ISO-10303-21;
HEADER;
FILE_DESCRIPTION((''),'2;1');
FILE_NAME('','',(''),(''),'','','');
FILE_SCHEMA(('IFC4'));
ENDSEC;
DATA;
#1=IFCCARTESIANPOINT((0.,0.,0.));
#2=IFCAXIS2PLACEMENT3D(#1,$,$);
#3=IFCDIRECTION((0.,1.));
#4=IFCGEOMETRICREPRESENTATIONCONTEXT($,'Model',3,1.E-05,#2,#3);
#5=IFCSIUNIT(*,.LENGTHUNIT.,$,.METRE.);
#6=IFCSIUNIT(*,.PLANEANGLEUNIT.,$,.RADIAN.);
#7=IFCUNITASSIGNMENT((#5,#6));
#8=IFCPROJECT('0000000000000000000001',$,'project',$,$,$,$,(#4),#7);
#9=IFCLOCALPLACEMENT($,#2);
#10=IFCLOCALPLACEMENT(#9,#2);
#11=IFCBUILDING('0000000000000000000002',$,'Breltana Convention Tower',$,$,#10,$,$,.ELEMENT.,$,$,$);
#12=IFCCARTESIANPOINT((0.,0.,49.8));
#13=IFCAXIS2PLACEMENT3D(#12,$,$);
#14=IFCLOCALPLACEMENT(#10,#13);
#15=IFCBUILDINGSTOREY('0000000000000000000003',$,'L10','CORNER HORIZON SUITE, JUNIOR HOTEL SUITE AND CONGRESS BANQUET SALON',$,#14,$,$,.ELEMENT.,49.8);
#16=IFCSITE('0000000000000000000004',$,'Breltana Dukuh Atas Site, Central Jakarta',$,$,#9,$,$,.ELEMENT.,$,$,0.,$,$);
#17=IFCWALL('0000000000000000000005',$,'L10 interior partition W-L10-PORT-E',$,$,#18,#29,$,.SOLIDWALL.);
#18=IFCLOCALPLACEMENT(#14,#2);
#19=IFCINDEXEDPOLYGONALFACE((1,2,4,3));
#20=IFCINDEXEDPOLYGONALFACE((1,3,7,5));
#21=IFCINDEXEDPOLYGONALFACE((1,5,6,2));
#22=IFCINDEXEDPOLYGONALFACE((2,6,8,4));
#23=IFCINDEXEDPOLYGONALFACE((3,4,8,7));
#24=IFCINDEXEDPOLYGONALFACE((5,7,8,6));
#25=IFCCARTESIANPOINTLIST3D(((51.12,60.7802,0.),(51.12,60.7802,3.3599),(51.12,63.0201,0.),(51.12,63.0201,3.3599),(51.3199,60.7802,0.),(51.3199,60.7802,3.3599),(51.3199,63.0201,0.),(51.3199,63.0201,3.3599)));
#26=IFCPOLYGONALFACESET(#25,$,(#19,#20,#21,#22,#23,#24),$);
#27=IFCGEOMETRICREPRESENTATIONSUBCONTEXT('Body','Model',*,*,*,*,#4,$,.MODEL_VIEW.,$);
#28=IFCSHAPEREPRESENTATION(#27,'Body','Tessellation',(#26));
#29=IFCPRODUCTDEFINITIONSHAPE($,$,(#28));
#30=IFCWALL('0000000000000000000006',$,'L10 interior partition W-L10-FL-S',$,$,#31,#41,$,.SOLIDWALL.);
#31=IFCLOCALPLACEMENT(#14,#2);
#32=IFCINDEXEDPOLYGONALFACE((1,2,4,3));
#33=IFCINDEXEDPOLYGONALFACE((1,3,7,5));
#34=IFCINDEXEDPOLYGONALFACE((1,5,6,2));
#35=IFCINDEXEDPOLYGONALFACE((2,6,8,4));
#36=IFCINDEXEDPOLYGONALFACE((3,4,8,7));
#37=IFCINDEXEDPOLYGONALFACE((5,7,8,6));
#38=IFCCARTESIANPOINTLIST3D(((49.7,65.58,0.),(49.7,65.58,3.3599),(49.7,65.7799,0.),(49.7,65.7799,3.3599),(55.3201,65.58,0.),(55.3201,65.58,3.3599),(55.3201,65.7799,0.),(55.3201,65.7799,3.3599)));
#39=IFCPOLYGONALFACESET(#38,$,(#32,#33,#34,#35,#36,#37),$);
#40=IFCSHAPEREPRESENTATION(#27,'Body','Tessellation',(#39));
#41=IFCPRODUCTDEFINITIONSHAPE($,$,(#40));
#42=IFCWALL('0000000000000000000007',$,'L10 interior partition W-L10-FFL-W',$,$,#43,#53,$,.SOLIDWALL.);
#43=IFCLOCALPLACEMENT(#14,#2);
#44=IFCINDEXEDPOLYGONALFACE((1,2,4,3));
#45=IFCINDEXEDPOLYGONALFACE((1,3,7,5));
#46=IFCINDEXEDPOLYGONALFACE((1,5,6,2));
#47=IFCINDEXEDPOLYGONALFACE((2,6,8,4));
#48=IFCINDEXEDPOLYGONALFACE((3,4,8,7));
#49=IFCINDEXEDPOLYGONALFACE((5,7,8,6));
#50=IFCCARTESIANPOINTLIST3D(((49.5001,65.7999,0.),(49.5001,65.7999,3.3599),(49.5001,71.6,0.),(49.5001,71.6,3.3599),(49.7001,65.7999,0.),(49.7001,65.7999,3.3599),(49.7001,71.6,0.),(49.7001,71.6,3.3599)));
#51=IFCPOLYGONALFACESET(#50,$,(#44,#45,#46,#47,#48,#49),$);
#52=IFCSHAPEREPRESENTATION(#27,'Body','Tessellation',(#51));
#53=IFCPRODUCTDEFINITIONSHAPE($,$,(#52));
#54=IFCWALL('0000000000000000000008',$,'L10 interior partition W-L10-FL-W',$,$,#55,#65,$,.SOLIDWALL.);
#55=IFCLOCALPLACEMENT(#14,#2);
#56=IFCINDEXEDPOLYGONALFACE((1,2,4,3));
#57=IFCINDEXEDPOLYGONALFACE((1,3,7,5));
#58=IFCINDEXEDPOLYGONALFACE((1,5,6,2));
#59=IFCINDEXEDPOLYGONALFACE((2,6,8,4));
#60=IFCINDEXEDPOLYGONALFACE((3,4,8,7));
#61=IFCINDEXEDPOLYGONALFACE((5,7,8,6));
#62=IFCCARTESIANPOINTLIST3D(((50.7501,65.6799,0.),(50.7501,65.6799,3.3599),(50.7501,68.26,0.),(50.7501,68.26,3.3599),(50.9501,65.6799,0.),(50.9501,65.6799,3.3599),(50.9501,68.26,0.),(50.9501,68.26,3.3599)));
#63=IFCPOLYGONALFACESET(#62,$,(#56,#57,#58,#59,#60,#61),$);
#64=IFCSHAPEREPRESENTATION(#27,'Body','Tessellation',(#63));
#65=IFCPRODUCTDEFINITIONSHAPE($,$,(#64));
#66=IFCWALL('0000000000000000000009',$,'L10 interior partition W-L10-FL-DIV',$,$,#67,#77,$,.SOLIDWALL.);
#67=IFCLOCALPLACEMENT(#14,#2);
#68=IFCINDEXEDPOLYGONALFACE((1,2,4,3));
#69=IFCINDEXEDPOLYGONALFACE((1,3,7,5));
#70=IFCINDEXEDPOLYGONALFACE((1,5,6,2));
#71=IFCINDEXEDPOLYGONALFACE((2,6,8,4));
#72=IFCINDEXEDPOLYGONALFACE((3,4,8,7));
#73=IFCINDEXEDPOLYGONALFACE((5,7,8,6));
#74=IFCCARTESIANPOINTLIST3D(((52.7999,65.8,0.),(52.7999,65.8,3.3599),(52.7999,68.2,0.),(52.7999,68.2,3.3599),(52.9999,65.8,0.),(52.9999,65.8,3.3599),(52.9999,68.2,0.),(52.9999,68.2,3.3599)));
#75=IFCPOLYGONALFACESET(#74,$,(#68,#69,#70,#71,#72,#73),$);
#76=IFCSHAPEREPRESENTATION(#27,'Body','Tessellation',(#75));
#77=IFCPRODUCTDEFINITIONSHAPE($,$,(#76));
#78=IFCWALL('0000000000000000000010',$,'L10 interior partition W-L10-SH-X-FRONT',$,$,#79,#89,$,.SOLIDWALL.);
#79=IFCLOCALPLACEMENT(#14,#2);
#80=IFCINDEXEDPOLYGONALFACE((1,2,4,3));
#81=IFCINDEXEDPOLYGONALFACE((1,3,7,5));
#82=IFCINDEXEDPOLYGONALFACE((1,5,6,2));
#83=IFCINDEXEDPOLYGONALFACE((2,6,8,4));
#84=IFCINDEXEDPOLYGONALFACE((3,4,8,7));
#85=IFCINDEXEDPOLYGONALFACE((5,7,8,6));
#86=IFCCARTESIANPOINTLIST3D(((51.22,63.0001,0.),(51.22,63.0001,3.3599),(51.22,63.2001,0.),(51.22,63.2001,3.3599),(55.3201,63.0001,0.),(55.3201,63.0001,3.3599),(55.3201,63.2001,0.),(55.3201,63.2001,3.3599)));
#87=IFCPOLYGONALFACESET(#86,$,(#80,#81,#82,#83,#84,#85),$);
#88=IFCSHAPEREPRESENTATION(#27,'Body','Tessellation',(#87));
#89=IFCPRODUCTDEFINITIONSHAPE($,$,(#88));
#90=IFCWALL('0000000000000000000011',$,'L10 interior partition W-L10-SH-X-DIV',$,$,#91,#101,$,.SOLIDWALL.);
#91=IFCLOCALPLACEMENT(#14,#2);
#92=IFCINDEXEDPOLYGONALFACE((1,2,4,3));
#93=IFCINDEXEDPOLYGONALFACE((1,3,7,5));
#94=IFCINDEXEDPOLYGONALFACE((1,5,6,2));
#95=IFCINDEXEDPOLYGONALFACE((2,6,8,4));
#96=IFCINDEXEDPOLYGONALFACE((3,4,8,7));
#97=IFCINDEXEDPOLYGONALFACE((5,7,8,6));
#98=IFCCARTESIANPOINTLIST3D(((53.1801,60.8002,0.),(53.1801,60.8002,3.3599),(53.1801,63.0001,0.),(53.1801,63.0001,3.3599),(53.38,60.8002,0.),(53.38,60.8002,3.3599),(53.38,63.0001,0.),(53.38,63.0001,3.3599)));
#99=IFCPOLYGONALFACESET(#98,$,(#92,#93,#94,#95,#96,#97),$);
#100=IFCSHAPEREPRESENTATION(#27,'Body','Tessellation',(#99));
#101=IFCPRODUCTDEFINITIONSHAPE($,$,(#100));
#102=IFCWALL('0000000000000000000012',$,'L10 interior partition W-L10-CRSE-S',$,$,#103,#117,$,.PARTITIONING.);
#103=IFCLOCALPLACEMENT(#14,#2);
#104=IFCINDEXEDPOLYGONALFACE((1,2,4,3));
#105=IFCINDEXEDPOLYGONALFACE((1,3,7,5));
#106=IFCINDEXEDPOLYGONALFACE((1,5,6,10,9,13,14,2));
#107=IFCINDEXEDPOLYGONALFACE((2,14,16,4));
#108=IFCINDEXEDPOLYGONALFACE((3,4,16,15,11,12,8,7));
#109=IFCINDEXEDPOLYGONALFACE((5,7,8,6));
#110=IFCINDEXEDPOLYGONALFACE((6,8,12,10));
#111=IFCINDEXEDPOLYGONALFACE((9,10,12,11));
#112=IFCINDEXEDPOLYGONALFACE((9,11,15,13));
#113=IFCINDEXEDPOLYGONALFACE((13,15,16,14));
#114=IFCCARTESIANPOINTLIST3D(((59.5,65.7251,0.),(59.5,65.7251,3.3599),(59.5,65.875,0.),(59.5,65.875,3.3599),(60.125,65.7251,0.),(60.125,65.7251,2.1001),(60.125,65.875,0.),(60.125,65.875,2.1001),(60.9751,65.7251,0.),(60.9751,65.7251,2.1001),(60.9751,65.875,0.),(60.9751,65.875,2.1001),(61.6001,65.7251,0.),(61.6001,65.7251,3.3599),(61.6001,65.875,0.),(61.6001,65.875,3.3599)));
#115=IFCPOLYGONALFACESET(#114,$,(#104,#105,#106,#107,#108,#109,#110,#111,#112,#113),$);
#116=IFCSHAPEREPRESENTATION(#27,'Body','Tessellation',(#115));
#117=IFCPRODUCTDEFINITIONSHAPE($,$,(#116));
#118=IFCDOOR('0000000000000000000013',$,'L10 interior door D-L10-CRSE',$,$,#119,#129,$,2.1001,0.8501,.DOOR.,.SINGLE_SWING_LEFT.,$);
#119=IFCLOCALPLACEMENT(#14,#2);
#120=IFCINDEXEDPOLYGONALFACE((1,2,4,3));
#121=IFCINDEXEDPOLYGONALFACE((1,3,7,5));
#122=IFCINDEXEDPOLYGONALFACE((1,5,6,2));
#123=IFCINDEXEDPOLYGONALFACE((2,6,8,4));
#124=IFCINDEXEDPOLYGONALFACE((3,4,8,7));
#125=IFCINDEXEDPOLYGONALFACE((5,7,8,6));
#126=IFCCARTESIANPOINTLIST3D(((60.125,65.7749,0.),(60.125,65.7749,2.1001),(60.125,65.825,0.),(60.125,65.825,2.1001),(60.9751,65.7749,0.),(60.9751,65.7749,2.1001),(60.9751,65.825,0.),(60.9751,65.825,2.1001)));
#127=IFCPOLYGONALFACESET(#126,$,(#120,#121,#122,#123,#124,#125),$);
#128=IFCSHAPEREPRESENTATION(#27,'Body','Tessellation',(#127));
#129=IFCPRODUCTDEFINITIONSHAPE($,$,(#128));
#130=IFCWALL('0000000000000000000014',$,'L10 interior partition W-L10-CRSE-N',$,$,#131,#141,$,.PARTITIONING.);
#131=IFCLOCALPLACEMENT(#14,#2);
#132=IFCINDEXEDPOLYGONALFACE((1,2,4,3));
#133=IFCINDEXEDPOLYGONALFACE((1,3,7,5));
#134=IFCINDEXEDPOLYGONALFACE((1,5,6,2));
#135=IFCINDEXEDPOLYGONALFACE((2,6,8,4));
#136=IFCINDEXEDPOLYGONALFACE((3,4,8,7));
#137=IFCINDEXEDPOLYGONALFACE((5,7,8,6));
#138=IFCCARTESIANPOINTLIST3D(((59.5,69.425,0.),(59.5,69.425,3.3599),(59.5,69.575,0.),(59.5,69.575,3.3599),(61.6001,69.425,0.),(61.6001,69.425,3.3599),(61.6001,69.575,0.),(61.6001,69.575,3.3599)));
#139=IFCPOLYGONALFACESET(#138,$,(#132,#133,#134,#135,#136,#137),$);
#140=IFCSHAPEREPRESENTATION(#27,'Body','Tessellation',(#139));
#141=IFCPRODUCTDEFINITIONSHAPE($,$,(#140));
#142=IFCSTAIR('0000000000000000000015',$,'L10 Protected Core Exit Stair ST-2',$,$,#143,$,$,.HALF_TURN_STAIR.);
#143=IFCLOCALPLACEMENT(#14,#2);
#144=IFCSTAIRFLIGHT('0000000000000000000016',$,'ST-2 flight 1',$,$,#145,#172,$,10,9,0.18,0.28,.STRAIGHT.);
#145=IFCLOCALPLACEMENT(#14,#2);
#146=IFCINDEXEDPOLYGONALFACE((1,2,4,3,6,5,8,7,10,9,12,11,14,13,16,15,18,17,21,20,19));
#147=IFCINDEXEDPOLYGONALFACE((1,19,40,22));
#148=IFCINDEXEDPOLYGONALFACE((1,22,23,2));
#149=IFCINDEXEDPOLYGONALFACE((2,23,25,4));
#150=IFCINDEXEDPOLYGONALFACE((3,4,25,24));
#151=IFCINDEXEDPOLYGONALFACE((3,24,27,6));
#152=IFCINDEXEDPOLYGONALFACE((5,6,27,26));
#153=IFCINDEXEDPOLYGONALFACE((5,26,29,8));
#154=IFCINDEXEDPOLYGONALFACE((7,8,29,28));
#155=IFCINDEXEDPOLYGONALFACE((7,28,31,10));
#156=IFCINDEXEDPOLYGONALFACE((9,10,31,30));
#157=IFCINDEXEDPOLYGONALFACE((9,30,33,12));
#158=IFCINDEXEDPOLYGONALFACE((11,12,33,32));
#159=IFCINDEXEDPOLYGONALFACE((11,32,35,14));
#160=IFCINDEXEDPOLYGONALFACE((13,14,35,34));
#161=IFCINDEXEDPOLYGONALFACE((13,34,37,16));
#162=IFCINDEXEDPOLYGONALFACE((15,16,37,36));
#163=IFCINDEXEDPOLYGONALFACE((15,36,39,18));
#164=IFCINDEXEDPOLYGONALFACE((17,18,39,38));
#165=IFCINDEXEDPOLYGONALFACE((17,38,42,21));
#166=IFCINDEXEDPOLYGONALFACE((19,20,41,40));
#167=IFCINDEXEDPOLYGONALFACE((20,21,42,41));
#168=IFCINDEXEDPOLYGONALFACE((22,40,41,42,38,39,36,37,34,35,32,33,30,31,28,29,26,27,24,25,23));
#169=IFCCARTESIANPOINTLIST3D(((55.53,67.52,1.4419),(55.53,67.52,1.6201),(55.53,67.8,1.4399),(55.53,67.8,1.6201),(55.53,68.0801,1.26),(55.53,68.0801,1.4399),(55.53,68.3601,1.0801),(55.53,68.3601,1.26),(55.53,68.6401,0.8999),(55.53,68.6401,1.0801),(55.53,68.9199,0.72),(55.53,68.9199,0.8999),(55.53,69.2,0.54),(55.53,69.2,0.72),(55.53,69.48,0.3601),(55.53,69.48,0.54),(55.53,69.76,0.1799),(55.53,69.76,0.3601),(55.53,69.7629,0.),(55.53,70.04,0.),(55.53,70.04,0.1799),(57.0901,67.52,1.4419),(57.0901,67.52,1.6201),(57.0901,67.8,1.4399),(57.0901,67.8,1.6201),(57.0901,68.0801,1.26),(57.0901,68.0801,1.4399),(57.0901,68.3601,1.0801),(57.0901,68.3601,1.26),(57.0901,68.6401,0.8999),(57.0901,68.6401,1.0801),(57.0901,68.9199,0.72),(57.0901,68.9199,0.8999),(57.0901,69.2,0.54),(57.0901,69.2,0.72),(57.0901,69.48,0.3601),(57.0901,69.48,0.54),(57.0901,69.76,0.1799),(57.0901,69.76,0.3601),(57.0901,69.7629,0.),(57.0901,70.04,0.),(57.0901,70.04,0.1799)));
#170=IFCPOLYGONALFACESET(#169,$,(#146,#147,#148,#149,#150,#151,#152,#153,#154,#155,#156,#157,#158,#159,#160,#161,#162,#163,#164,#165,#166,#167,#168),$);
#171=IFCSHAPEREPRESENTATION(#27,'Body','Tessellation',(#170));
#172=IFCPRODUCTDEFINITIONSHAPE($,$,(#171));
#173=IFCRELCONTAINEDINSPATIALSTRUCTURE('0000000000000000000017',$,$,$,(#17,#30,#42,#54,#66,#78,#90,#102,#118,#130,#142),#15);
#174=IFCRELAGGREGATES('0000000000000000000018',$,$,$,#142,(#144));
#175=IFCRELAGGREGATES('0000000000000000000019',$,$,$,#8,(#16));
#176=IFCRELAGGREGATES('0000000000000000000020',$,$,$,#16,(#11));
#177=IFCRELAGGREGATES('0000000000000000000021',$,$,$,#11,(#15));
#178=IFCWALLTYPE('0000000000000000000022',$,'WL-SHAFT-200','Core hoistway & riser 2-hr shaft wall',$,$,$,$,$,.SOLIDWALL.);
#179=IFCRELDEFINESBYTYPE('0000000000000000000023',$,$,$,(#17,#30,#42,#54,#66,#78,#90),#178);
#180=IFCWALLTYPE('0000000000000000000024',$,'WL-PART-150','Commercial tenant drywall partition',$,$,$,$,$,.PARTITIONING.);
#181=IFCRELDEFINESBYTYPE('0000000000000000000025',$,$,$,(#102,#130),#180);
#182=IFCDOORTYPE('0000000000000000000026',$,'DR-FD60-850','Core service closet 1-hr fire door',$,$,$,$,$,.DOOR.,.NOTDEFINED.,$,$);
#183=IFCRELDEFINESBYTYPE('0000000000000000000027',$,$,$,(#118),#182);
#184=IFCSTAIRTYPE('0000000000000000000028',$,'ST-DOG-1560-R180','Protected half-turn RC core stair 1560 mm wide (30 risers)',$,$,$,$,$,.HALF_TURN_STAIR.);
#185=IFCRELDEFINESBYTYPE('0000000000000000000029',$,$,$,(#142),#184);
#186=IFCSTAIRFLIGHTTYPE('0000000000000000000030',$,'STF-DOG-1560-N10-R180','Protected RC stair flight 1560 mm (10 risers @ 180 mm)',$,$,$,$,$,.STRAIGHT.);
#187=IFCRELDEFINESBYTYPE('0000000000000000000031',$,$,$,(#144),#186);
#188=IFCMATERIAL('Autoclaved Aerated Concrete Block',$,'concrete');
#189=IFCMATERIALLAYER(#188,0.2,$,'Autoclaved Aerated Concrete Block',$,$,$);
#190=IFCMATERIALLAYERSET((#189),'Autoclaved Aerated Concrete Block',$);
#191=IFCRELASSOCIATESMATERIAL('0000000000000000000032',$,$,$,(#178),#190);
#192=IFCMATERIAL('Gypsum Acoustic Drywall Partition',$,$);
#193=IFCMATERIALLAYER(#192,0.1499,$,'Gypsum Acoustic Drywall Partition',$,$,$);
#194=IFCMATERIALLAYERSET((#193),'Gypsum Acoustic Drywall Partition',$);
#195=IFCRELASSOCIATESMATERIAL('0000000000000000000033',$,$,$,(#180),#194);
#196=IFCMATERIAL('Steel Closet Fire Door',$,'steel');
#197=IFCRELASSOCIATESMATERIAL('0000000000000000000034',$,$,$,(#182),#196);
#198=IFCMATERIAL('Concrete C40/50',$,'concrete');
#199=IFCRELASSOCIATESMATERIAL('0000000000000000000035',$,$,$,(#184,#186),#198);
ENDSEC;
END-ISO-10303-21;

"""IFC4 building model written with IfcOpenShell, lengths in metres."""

from ifc_helpers import new_model, si_unit, direction, frame, frame_2d, origin, place, context, subcontext, project, spatial, polyline, rectangle, outline, extrude, source, transform, mapped, material, layer, layer_set, type_object, type_shapes, element, fill, aggregate, save


model = new_model("IFC4")

# Units and contexts
model_context = context("Model", 3, precision=1e-05, world=origin(), true_north=direction((0.0, 1.0)))
body_context = subcontext(model_context, "Body", "Model", "MODEL_VIEW")
ifc_project = project(units=[si_unit("LENGTHUNIT", "METRE"), si_unit("PLANEANGLEUNIT", "RADIAN")], contexts=[model_context])

# Site, building, storey
site_placement = place(None, origin())
site = spatial("IfcSite", under=ifc_project, at=site_placement, Name="Breltana Dukuh Atas Site, Central Jakarta", CompositionType="ELEMENT", RefElevation=0.0)
building_placement = place(site_placement, origin())
building = spatial("IfcBuilding", under=site, at=building_placement, Name="Breltana Convention Tower", CompositionType="ELEMENT")
storey_placement = place(building_placement, frame((0.0, 0.0, 49.8)))
storey = spatial("IfcBuildingStorey", under=building, at=storey_placement, Name="L10", Description="CORNER HORIZON SUITE, JUNIOR HOTEL SUITE AND CONGRESS BANQUET SALON", CompositionType="ELEMENT", Elevation=49.8)

# Wall
ifc_material_1 = material(Name="Autoclaved Aerated Concrete Block", Category="concrete")
ifc_layer_1 = layer(ifc_material_1, 0.2, Name="Autoclaved Aerated Concrete Block")
ifc_layer_set_1 = layer_set([ifc_layer_1], Name="Autoclaved Aerated Concrete Block")
wall_type_1 = type_object("IfcWallType", Name="WL-SHAFT-200", Description="Core hoistway & riser 2-hr shaft wall", PredefinedType="SOLIDWALL", material=ifc_layer_set_1)
shared_shape_1 = source(origin(), body_context, "Body", "SweptSolid", [
    extrude(rectangle(XDim=2.24, YDim=0.2, at=frame_2d((1.1201, 0.0))), origin(), (0.0, 0.0, 1.0), 3.3599),
])
for number, where, z_axis, x_axis, name in (
    (1, (51.22, 60.78, 0.0), (0.0, 0.0, 1.0), (0.0, 1.0, 0.0), "L10 interior partition W-L10-PORT-E"),
):
    element("IfcWall", number, at=place(storey_placement, frame(where, z_axis=z_axis, x_axis=x_axis)), inside=storey, type_object=wall_type_1, Name=name, PredefinedType="SOLIDWALL", context=body_context, shape_type="MappedRepresentation", body=[
        mapped(shared_shape_1, transform((0.0, 0.0, 0.0), scale=1.0)),
    ])

# Shared definitions
shared_shape_2 = source(origin(), body_context, "Body", "SweptSolid", [
    extrude(rectangle(XDim=5.6201, YDim=0.2, at=frame_2d((2.8101, 0.0))), origin(), (0.0, 0.0, 1.0), 3.3599),
])

# Walls
wall_1_placement = place(storey_placement, frame((49.7, 65.6799, 0.0), z_axis=(0.0, 0.0, 1.0), x_axis=(1.0, 0.0, 0.0)))
element("IfcWall", 2, at=wall_1_placement, inside=storey, type_object=wall_type_1, Name="L10 interior partition W-L10-FL-S", PredefinedType="SOLIDWALL", context=body_context, shape_type="MappedRepresentation", body=[
    mapped(shared_shape_2, transform((0.0, 0.0, 0.0), scale=1.0)),
])
shared_shape_3 = source(origin(), body_context, "Body", "SweptSolid", [
    extrude(rectangle(XDim=5.8, YDim=0.2, at=frame_2d((2.8999, 0.0))), origin(), (0.0, 0.0, 1.0), 3.3599),
])
wall_2_placement = place(storey_placement, frame((49.6001, 65.8, 0.0), z_axis=(0.0, 0.0, 1.0), x_axis=(0.0, 1.0, 0.0)))
element("IfcWall", 3, at=wall_2_placement, inside=storey, type_object=wall_type_1, Name="L10 interior partition W-L10-FFL-W", PredefinedType="SOLIDWALL", context=body_context, shape_type="MappedRepresentation", body=[
    mapped(shared_shape_3, transform((0.0, 0.0, 0.0), scale=1.0)),
])
shared_shape_4 = source(origin(), body_context, "Body", "SweptSolid", [
    extrude(rectangle(XDim=2.5801, YDim=0.2, at=frame_2d((1.29, 0.0))), origin(), (0.0, 0.0, 1.0), 3.3599),
])
wall_3_placement = place(storey_placement, frame((50.8501, 65.6799, 0.0), z_axis=(0.0, 0.0, 1.0), x_axis=(0.0, 1.0, 0.0)))
element("IfcWall", 4, at=wall_3_placement, inside=storey, type_object=wall_type_1, Name="L10 interior partition W-L10-FL-W", PredefinedType="SOLIDWALL", context=body_context, shape_type="MappedRepresentation", body=[
    mapped(shared_shape_4, transform((0.0, 0.0, 0.0), scale=1.0)),
])
shared_shape_5 = source(origin(), body_context, "Body", "SweptSolid", [
    extrude(rectangle(XDim=2.3999, YDim=0.2, at=frame_2d((1.2, 0.0))), origin(), (0.0, 0.0, 1.0), 3.3599),
])
wall_4_placement = place(storey_placement, frame((52.8999, 65.8, 0.0), z_axis=(0.0, 0.0, 1.0), x_axis=(0.0, 1.0, 0.0)))
element("IfcWall", 5, at=wall_4_placement, inside=storey, type_object=wall_type_1, Name="L10 interior partition W-L10-FL-DIV", PredefinedType="SOLIDWALL", context=body_context, shape_type="MappedRepresentation", body=[
    mapped(shared_shape_5, transform((0.0, 0.0, 0.0), scale=1.0)),
])
shared_shape_6 = source(origin(), body_context, "Body", "SweptSolid", [
    extrude(rectangle(XDim=4.1001, YDim=0.2, at=frame_2d((2.05, 0.0))), origin(), (0.0, 0.0, 1.0), 3.3599),
])
wall_5_placement = place(storey_placement, frame((51.22, 63.1001, 0.0), z_axis=(0.0, 0.0, 1.0), x_axis=(1.0, 0.0, 0.0)))
element("IfcWall", 6, at=wall_5_placement, inside=storey, type_object=wall_type_1, Name="L10 interior partition W-L10-SH-X-FRONT", PredefinedType="SOLIDWALL", context=body_context, shape_type="MappedRepresentation", body=[
    mapped(shared_shape_6, transform((0.0, 0.0, 0.0), scale=1.0)),
])
shared_shape_7 = source(origin(), body_context, "Body", "SweptSolid", [
    extrude(rectangle(XDim=2.2, YDim=0.2, at=frame_2d((1.1001, 0.0))), origin(), (0.0, 0.0, 1.0), 3.3599),
])
wall_6_placement = place(storey_placement, frame((53.28, 60.8, 0.0), z_axis=(0.0, 0.0, 1.0), x_axis=(0.0, 1.0, 0.0)))
element("IfcWall", 7, at=wall_6_placement, inside=storey, type_object=wall_type_1, Name="L10 interior partition W-L10-SH-X-DIV", PredefinedType="SOLIDWALL", context=body_context, shape_type="MappedRepresentation", body=[
    mapped(shared_shape_7, transform((0.0, 0.0, 0.0), scale=1.0)),
])

# Wall, opening, door
ifc_material_2 = material(Name="Gypsum Acoustic Drywall Partition")
ifc_layer_2 = layer(ifc_material_2, 0.1499, Name="Gypsum Acoustic Drywall Partition")
ifc_layer_set_2 = layer_set([ifc_layer_2], Name="Gypsum Acoustic Drywall Partition")
wall_type_2 = type_object("IfcWallType", Name="WL-PART-150", Description="Commercial tenant drywall partition", PredefinedType="PARTITIONING", material=ifc_layer_set_2)
shared_shape_8 = source(origin(), body_context, "Body", "SweptSolid", [
    extrude(rectangle(XDim=2.1001, YDim=0.1499, at=frame_2d((1.05, 0.0))), origin(), (0.0, 0.0, 1.0), 3.3599),
])
wall_7_placement = place(storey_placement, frame((59.5, 65.8, 0.0), z_axis=(0.0, 0.0, 1.0), x_axis=(1.0, 0.0, 0.0)))
wall_7 = element("IfcWall", 8, at=wall_7_placement, inside=storey, type_object=wall_type_2, Name="L10 interior partition W-L10-CRSE-S", PredefinedType="PARTITIONING", context=body_context, shape_type="MappedRepresentation", body=[
    mapped(shared_shape_8, transform((0.0, 0.0, 0.0), scale=1.0)),
])
opening_1_placement = place(wall_7_placement, frame((0.625, 0.0, 0.0)))
opening_1 = element("IfcOpeningElement", 9, at=opening_1_placement, cuts=wall_7, PredefinedType="OPENING", context=body_context, shape_type="SweptSolid", body=[
    extrude(rectangle(XDim=0.8501, YDim=2.1001, at=frame_2d((0.425, 1.05))), frame((0.0, 0.085, 0.0), z_axis=(0.0, -1.0, 0.0), x_axis=(1.0, 0.0, 0.0)), (0.0, 0.0, 1.0), 0.1699),
])
ifc_material_3 = material(Name="Steel Closet Fire Door", Category="steel")
door_type_1 = type_object("IfcDoorType", Name="DR-FD60-850", Description="Core service closet 1-hr fire door", OperationType="NOTDEFINED", PredefinedType="DOOR", material=ifc_material_3)
shared_shape_9 = source(origin(), body_context, "Body", "SweptSolid", [
    extrude(rectangle(XDim=0.8501, YDim=2.1001, at=frame_2d((0.425, 1.05))), frame((0.0, 0.0249, 0.0), z_axis=(0.0, -1.0, 0.0), x_axis=(1.0, 0.0, 0.0)), (0.0, 0.0, 1.0), 0.05),
])
type_shapes(door_type_1, [shared_shape_9])
door_1_placement = place(opening_1_placement, origin())
door_1 = element("IfcDoor", 10, at=door_1_placement, inside=storey, type_object=door_type_1, Name="L10 interior door D-L10-CRSE", OperationType="SINGLE_SWING_LEFT", OverallHeight=2.1001, OverallWidth=0.8501, PredefinedType="DOOR", context=body_context, shape_type="MappedRepresentation", body=[
    mapped(shared_shape_9, transform((0.0, 0.0, 0.0), scale=1.0)),
])
fill(opening_1, door_1)

# Wall
wall_8_placement = place(storey_placement, frame((59.5, 69.5, 0.0), z_axis=(0.0, 0.0, 1.0), x_axis=(1.0, 0.0, 0.0)))
element("IfcWall", 11, at=wall_8_placement, inside=storey, type_object=wall_type_2, Name="L10 interior partition W-L10-CRSE-N", PredefinedType="PARTITIONING", context=body_context, shape_type="MappedRepresentation", body=[
    mapped(shared_shape_8, transform((0.0, 0.0, 0.0), scale=1.0)),
])

# Stair, stair flight
ifc_material_4 = material(Name="Concrete C40/50", Category="concrete")
stair_type = type_object("IfcStairType", Name="ST-DOG-1560-R180", Description="Protected half-turn RC core stair 1560 mm wide (30 risers)", PredefinedType="HALF_TURN_STAIR", material=ifc_material_4)
stair_placement = place(storey_placement, origin())
stair = element("IfcStair", 12, at=stair_placement, inside=storey, type_object=stair_type, Name="L10 Protected Core Exit Stair ST-2", PredefinedType="HALF_TURN_STAIR")
stair_flight_type = type_object("IfcStairFlightType", Name="STF-DOG-1560-N10-R180", Description="Protected RC stair flight 1560 mm (10 risers @ 180 mm)", PredefinedType="STRAIGHT", material=ifc_material_4)
stair_flight_1_placement = place(storey_placement, frame((56.3101, 70.04, 0.0), z_axis=(0.0, 0.0, 1.0), x_axis=(0.0, -1.0, 0.0)))
stair_flight_1 = element("IfcStairFlight", 13, at=stair_flight_1_placement, type_object=stair_flight_type, Name="ST-2 flight 1", NumberOfRisers=10, NumberOfTreads=9, PredefinedType="STRAIGHT", RiserHeight=0.18, TreadLength=0.28, context=body_context, shape_type="SweptSolid", body=[
    extrude(outline(polyline([(0.0, 0.0), (0.0, 0.1799), (0.28, 0.1799), (0.28, 0.3601), (0.5601, 0.3601), (0.5601, 0.54), (0.8401, 0.54), (0.8401, 0.72), (1.1201, 0.72), (1.1201, 0.8999), (1.3999, 0.8999), (1.3999, 1.0801), (1.6799, 1.0801), (1.6799, 1.26), (1.96, 1.26), (1.96, 1.4399), (2.24, 1.4399), (2.24, 1.6201), (2.52, 1.6201), (2.52, 1.8), (2.52, 1.4419), (0.2771, 0.0), (0.0, 0.0)])), frame((0.0, 0.78, 0.0), z_axis=(0.0, -1.0, 0.0), x_axis=(1.0, 0.0, 0.0)), (0.0, 0.0, 1.0), 1.5601),
])
aggregate(stair, [stair_flight_1])

save(model, "model.ifc")
